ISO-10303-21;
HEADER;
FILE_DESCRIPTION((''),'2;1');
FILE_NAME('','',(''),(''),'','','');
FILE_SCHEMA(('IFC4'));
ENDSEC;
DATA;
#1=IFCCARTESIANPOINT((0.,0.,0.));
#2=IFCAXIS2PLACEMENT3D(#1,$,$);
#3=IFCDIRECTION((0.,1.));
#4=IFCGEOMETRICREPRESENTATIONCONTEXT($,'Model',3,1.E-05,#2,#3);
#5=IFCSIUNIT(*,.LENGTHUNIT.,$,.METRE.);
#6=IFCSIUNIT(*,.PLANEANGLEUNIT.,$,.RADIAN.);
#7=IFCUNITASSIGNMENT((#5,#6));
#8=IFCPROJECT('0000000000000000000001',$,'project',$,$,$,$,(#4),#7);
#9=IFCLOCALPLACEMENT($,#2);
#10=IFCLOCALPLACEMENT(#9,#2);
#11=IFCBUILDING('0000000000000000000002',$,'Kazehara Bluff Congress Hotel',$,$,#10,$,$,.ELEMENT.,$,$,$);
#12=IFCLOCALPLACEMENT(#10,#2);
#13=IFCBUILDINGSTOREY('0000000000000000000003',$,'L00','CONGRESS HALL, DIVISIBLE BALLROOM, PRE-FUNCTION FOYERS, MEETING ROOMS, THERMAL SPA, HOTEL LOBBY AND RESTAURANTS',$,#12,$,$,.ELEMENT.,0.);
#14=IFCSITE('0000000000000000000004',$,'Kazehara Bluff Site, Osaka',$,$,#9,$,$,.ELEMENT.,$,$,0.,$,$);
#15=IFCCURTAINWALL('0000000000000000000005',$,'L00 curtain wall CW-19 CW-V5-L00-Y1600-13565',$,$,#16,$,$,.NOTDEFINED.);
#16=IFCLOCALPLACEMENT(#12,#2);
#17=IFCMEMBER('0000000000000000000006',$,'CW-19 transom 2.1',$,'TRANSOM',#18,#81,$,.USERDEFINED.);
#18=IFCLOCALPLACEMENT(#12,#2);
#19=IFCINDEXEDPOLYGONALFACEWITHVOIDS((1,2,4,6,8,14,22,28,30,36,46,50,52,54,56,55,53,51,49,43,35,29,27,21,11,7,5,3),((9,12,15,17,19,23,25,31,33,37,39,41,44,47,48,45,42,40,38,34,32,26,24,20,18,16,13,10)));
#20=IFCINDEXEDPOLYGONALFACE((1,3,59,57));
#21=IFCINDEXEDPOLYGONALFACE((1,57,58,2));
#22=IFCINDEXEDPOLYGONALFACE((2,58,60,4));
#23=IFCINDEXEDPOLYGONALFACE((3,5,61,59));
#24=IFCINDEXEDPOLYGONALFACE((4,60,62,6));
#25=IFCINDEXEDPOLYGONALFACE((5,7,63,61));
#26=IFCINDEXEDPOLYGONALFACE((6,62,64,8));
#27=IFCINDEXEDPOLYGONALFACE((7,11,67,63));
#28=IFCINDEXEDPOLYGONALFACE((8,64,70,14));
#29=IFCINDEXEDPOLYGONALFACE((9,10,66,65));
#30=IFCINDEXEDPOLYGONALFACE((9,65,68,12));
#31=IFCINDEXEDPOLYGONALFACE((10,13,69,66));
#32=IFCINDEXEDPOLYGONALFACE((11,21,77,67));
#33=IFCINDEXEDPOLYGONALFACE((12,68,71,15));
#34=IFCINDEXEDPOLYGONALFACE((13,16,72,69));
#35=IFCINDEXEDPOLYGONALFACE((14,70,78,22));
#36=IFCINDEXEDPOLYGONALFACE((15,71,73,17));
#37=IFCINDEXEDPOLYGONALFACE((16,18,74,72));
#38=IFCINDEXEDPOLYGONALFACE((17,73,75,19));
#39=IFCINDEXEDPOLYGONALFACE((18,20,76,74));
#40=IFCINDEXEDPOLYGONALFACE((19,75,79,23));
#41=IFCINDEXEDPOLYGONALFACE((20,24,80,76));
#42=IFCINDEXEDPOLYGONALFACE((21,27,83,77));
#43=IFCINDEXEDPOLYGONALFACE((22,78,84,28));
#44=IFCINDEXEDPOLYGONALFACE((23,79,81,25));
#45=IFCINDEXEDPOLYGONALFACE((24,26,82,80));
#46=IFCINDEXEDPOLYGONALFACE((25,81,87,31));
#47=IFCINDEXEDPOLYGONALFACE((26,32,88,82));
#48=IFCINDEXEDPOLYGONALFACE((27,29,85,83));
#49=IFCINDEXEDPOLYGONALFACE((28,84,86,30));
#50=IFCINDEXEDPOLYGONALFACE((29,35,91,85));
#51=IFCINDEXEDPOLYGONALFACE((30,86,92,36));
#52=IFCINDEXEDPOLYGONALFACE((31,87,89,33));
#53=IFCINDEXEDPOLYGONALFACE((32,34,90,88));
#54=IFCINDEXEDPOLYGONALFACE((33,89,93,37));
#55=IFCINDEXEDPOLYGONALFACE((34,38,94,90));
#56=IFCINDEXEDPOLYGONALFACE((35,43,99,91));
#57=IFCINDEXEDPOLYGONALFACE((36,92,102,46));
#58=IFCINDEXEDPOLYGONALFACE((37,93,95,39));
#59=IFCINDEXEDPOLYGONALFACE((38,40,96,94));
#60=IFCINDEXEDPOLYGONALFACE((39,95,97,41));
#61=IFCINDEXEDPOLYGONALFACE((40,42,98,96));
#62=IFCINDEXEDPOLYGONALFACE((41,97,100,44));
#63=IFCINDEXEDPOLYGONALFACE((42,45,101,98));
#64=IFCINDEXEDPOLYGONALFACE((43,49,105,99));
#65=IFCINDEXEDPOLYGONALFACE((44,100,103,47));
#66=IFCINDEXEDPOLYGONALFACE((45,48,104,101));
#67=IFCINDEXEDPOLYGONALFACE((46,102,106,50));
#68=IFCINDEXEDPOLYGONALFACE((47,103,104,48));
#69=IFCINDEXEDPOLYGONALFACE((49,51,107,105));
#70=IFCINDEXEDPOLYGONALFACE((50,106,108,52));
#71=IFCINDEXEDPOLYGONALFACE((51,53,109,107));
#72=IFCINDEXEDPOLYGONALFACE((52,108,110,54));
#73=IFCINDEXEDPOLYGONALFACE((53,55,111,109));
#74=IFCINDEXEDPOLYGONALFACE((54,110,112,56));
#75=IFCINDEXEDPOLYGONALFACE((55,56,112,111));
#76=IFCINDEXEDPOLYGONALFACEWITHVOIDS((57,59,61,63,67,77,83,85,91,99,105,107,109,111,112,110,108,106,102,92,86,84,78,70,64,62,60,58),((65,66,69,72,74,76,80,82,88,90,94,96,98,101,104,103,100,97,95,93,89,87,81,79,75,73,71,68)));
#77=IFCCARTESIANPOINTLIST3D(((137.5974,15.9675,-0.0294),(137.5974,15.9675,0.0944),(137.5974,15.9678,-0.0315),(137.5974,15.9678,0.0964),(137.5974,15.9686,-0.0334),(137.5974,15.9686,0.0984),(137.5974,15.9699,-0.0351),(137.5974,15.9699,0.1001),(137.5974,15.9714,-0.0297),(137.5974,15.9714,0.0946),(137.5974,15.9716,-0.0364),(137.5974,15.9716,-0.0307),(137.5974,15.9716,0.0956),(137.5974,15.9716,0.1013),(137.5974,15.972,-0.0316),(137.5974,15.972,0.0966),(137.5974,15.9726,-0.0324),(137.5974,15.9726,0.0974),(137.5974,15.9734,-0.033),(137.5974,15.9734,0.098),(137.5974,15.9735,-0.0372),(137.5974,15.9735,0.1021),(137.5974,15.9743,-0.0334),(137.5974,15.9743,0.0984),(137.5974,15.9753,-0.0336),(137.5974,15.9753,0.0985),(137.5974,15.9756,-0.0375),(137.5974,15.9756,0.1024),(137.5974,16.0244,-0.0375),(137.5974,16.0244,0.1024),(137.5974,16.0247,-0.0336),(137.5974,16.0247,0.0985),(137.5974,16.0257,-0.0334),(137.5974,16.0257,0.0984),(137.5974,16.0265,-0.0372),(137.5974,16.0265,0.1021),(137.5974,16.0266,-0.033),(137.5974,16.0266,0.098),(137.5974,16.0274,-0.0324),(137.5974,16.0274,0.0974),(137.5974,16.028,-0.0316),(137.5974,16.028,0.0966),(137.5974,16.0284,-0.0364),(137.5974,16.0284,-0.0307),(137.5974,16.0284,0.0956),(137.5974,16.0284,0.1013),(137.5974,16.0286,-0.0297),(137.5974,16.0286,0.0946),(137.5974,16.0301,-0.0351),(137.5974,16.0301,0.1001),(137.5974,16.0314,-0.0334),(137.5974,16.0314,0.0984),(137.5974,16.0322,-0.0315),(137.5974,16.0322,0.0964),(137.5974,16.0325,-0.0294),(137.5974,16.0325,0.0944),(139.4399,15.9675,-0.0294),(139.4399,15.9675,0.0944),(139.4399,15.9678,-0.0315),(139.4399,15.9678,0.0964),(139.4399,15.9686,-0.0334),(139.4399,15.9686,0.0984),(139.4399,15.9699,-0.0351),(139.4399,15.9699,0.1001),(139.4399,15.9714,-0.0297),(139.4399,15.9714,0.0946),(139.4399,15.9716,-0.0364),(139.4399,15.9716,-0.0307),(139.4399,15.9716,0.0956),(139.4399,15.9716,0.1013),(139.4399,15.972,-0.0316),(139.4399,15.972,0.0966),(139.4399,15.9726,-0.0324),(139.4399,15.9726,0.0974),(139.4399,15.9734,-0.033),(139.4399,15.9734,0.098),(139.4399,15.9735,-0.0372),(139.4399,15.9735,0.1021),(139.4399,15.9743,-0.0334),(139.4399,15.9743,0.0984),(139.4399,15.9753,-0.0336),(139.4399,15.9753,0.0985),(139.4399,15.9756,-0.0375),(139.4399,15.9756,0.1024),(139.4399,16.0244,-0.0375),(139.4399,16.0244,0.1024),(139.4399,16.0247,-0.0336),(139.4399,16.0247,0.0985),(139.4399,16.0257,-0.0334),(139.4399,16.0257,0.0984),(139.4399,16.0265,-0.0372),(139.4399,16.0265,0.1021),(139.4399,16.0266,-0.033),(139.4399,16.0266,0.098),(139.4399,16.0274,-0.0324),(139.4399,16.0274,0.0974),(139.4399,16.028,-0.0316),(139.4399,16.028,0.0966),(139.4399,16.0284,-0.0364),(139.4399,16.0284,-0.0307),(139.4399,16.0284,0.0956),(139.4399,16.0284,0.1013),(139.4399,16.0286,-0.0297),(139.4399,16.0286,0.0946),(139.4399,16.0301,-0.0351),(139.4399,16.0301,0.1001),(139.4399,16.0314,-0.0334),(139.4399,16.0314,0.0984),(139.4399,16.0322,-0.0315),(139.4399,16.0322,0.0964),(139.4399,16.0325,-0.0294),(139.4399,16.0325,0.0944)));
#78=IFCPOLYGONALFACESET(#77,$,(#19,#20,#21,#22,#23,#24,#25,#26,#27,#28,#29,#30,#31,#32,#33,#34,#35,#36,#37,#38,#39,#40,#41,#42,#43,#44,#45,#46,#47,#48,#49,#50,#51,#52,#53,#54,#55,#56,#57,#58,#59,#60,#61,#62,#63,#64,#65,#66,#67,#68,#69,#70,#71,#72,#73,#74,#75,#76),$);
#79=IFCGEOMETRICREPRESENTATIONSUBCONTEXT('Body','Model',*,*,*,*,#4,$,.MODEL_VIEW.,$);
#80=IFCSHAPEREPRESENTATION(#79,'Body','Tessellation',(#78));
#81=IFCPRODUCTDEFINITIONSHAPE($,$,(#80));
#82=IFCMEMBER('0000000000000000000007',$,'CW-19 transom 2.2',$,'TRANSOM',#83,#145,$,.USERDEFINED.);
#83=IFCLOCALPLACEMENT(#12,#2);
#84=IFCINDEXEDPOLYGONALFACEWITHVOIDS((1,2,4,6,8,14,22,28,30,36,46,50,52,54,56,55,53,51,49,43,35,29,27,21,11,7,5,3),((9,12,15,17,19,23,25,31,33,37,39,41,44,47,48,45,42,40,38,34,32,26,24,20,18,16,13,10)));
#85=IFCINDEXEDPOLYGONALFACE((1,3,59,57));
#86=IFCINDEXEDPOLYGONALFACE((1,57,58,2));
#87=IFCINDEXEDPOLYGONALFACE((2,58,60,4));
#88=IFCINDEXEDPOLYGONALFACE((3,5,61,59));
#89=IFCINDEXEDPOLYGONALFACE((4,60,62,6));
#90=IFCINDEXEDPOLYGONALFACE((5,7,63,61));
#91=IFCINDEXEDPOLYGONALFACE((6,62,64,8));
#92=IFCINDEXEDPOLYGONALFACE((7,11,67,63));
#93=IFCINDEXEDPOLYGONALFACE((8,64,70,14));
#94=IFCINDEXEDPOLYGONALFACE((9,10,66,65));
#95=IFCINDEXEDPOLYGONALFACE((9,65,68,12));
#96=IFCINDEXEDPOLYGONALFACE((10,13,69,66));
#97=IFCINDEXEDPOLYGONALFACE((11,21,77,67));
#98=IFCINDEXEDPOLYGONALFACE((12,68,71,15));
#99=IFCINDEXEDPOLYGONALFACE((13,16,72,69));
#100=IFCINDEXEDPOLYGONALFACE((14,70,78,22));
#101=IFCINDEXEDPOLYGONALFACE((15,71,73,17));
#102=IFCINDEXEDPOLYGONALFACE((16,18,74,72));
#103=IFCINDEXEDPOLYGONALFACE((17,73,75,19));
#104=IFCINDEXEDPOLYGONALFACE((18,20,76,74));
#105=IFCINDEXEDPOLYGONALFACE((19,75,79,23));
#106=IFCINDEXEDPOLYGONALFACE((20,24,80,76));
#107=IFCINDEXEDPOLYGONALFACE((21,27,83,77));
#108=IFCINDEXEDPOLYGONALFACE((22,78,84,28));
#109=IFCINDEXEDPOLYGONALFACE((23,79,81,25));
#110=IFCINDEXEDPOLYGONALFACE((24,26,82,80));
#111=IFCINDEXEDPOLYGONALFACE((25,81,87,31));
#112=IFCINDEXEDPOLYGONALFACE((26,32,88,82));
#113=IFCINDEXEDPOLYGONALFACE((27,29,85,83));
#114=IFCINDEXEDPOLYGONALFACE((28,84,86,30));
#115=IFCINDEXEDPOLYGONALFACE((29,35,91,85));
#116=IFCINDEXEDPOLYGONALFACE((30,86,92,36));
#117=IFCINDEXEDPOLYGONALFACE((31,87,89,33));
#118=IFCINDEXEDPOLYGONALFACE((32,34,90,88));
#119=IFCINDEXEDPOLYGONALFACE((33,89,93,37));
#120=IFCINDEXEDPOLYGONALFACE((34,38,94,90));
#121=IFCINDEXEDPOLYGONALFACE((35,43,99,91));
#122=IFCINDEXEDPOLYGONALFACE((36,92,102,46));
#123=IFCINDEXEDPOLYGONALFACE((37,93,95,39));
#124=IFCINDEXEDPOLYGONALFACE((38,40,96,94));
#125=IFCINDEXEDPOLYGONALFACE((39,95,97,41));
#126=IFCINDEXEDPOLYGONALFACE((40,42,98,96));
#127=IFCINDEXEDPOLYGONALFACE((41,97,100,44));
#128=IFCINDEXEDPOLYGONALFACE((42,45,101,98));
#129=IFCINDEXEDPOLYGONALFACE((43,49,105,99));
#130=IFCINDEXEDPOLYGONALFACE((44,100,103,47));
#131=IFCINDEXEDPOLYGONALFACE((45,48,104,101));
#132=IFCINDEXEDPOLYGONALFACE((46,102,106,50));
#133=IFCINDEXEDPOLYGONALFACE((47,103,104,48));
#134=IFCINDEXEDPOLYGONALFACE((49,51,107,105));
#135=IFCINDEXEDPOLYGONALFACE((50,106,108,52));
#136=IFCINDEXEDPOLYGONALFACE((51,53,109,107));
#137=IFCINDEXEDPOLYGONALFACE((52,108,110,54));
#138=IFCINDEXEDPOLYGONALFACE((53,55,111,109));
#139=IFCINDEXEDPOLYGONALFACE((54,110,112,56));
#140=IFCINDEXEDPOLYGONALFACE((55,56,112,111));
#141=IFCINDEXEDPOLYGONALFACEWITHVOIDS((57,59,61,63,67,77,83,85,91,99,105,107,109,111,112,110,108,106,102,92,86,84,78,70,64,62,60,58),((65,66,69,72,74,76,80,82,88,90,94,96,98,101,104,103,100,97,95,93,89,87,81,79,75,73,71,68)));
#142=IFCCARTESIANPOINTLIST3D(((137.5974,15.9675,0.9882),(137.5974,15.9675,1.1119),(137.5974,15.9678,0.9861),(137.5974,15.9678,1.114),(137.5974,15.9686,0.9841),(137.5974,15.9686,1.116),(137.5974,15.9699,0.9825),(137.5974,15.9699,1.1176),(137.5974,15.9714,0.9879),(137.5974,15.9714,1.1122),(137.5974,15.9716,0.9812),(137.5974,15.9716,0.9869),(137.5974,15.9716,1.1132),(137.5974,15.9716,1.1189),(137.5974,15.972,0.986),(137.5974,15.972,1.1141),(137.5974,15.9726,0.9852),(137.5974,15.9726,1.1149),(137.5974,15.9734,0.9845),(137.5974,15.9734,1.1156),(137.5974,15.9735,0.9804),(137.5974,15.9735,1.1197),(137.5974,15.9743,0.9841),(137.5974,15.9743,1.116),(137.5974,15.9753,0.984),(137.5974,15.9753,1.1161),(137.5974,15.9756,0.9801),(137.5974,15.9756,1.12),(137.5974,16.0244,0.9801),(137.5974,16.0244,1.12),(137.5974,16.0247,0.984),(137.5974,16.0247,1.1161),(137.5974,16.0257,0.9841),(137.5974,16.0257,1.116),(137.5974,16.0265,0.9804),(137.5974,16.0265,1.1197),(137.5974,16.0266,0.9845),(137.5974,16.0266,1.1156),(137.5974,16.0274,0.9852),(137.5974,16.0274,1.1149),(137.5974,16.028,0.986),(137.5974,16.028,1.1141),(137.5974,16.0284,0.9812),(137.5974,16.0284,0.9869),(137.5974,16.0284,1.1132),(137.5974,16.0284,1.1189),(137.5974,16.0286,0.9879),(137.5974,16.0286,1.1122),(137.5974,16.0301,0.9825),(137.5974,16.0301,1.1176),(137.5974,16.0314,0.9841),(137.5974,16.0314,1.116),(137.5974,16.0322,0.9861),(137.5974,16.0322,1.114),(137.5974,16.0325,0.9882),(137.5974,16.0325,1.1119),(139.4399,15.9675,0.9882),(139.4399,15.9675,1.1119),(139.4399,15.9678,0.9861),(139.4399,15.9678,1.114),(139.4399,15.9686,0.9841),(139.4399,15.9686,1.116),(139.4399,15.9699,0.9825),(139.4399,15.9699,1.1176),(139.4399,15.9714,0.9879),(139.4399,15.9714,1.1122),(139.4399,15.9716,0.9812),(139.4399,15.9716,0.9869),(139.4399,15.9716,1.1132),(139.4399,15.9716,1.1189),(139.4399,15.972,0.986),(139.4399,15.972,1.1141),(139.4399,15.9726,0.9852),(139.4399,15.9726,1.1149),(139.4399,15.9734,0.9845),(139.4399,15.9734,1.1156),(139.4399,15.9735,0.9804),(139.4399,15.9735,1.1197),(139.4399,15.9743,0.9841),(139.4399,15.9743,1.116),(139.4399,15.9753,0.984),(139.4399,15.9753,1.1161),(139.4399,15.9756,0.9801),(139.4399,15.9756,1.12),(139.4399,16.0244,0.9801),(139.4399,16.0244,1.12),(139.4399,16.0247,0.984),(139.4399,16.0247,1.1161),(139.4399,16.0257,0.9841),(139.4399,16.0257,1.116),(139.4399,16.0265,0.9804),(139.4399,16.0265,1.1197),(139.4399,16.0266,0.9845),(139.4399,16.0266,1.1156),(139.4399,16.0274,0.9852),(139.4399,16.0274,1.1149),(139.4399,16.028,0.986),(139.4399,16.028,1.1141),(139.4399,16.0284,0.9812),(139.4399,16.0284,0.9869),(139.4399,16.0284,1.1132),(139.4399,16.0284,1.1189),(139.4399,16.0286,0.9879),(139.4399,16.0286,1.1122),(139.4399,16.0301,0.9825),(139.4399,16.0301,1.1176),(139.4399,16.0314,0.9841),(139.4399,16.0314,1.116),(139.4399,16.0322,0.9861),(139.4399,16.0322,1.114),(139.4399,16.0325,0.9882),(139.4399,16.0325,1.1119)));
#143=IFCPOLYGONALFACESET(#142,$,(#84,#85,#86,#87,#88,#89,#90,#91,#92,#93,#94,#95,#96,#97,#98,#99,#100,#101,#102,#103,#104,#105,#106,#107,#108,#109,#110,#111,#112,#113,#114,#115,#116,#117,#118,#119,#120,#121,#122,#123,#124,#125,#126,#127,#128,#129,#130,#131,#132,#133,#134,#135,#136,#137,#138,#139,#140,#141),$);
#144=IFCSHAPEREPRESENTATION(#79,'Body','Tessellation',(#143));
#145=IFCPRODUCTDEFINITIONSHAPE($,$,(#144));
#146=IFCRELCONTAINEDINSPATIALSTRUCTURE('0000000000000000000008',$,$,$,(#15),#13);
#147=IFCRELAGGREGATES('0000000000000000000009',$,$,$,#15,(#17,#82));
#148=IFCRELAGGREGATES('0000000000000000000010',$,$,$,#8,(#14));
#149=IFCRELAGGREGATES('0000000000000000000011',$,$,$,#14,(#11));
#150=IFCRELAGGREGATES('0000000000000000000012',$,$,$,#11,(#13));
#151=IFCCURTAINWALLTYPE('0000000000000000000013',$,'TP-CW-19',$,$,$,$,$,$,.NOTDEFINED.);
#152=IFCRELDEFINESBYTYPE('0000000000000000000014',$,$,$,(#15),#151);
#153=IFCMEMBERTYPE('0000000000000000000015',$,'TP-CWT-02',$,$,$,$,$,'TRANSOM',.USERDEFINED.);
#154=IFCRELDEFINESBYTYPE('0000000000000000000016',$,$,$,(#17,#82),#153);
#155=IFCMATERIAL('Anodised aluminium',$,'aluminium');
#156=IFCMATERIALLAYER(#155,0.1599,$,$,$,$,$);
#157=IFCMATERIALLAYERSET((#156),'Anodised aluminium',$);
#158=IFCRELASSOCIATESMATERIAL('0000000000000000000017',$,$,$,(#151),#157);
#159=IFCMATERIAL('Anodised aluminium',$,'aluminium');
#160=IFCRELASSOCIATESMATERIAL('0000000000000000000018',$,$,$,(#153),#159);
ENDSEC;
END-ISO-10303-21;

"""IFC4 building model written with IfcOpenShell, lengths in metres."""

from ifc_helpers import new_model, si_unit, direction, frame, origin, origin_2d, place, context, subcontext, project, spatial, hollow_rectangle, extrude, material, layer, layer_set, material_profile, profile_set, type_object, element, aggregate, save


model = new_model("IFC4")

# Units and contexts
model_context = context("Model", 3, precision=1e-05, world=origin(), true_north=direction((0.0, 1.0)))
body_context = subcontext(model_context, "Body", "Model", "MODEL_VIEW")
ifc_project = project(units=[si_unit("LENGTHUNIT", "METRE"), si_unit("PLANEANGLEUNIT", "RADIAN")], contexts=[model_context])

# Site, building, storey
site_placement = place(None, origin())
site = spatial("IfcSite", under=ifc_project, at=site_placement, Name="Kazehara Bluff Site, Osaka", CompositionType="ELEMENT", RefElevation=0.0)
building_placement = place(site_placement, origin())
building = spatial("IfcBuilding", under=site, at=building_placement, Name="Kazehara Bluff Congress Hotel", CompositionType="ELEMENT")
storey_placement = place(building_placement, origin())
storey = spatial("IfcBuildingStorey", under=building, at=storey_placement, Name="L00", Description="CONGRESS HALL, DIVISIBLE BALLROOM, PRE-FUNCTION FOYERS, MEETING ROOMS, THERMAL SPA, HOTEL LOBBY AND RESTAURANTS", CompositionType="ELEMENT", Elevation=0.0)

# Curtain wall
ifc_material_1 = material(Name="Anodised aluminium", Category="aluminium")
ifc_layer_1 = layer(ifc_material_1, 0.1599)
ifc_layer_set_1 = layer_set([ifc_layer_1], Name="Anodised aluminium")
curtain_wall_type_1 = type_object("IfcCurtainWallType", Name="TP-CW-19", PredefinedType="NOTDEFINED", material=ifc_layer_set_1)
curtain_wall_1_placement = place(storey_placement, origin())
curtain_wall_1 = element("IfcCurtainWall", 1, at=curtain_wall_1_placement, inside=storey, type_object=curtain_wall_type_1, Name="L00 curtain wall CW-19 CW-V5-L00-Y1600-13565", PredefinedType="NOTDEFINED")

# Members
ifc_material_2 = material(Name="Anodised aluminium", Category="aluminium")
ifc_material_profile_1 = material_profile(ifc_material_2, hollow_rectangle(XDim=0.0649, YDim=0.1399, WallThickness=0.0039, InnerFilletRadius=0.0039, OuterFilletRadius=0.0081, at=origin_2d()))
ifc_profile_set_1 = profile_set([ifc_material_profile_1], Name="Anodised aluminium")
member_type_1 = type_object("IfcMemberType", Name="TP-CWT-02", ElementType="TRANSOM", PredefinedType="USERDEFINED", material=ifc_profile_set_1)
member_1_placement = place(storey_placement, frame((137.5974, 16.0, 0.0325), z_axis=(1.0, 0.0, 0.0), x_axis=(0.0, 1.0, 0.0)))
member_1 = element("IfcMember", 2, at=member_1_placement, type_object=member_type_1, Name="CW-19 transom 2.1", ObjectType="TRANSOM", PredefinedType="USERDEFINED", context=body_context, shape_type="SweptSolid", body=[
    extrude(hollow_rectangle(XDim=0.0649, YDim=0.1399, WallThickness=0.0039, InnerFilletRadius=0.0039, OuterFilletRadius=0.0081, at=origin_2d()), origin(), (0.0, 0.0, 1.0), 1.8425),
])
member_2_placement = place(storey_placement, frame((137.5974, 16.0, 1.05), z_axis=(1.0, 0.0, 0.0), x_axis=(0.0, 1.0, 0.0)))
member_2 = element("IfcMember", 3, at=member_2_placement, type_object=member_type_1, Name="CW-19 transom 2.2", ObjectType="TRANSOM", PredefinedType="USERDEFINED", context=body_context, shape_type="SweptSolid", body=[
    extrude(hollow_rectangle(XDim=0.0649, YDim=0.1399, WallThickness=0.0039, InnerFilletRadius=0.0039, OuterFilletRadius=0.0081, at=origin_2d()), origin(), (0.0, 0.0, 1.0), 1.8425),
])

aggregate(curtain_wall_1, [member_1, member_2])

save(model, "model.ifc")
